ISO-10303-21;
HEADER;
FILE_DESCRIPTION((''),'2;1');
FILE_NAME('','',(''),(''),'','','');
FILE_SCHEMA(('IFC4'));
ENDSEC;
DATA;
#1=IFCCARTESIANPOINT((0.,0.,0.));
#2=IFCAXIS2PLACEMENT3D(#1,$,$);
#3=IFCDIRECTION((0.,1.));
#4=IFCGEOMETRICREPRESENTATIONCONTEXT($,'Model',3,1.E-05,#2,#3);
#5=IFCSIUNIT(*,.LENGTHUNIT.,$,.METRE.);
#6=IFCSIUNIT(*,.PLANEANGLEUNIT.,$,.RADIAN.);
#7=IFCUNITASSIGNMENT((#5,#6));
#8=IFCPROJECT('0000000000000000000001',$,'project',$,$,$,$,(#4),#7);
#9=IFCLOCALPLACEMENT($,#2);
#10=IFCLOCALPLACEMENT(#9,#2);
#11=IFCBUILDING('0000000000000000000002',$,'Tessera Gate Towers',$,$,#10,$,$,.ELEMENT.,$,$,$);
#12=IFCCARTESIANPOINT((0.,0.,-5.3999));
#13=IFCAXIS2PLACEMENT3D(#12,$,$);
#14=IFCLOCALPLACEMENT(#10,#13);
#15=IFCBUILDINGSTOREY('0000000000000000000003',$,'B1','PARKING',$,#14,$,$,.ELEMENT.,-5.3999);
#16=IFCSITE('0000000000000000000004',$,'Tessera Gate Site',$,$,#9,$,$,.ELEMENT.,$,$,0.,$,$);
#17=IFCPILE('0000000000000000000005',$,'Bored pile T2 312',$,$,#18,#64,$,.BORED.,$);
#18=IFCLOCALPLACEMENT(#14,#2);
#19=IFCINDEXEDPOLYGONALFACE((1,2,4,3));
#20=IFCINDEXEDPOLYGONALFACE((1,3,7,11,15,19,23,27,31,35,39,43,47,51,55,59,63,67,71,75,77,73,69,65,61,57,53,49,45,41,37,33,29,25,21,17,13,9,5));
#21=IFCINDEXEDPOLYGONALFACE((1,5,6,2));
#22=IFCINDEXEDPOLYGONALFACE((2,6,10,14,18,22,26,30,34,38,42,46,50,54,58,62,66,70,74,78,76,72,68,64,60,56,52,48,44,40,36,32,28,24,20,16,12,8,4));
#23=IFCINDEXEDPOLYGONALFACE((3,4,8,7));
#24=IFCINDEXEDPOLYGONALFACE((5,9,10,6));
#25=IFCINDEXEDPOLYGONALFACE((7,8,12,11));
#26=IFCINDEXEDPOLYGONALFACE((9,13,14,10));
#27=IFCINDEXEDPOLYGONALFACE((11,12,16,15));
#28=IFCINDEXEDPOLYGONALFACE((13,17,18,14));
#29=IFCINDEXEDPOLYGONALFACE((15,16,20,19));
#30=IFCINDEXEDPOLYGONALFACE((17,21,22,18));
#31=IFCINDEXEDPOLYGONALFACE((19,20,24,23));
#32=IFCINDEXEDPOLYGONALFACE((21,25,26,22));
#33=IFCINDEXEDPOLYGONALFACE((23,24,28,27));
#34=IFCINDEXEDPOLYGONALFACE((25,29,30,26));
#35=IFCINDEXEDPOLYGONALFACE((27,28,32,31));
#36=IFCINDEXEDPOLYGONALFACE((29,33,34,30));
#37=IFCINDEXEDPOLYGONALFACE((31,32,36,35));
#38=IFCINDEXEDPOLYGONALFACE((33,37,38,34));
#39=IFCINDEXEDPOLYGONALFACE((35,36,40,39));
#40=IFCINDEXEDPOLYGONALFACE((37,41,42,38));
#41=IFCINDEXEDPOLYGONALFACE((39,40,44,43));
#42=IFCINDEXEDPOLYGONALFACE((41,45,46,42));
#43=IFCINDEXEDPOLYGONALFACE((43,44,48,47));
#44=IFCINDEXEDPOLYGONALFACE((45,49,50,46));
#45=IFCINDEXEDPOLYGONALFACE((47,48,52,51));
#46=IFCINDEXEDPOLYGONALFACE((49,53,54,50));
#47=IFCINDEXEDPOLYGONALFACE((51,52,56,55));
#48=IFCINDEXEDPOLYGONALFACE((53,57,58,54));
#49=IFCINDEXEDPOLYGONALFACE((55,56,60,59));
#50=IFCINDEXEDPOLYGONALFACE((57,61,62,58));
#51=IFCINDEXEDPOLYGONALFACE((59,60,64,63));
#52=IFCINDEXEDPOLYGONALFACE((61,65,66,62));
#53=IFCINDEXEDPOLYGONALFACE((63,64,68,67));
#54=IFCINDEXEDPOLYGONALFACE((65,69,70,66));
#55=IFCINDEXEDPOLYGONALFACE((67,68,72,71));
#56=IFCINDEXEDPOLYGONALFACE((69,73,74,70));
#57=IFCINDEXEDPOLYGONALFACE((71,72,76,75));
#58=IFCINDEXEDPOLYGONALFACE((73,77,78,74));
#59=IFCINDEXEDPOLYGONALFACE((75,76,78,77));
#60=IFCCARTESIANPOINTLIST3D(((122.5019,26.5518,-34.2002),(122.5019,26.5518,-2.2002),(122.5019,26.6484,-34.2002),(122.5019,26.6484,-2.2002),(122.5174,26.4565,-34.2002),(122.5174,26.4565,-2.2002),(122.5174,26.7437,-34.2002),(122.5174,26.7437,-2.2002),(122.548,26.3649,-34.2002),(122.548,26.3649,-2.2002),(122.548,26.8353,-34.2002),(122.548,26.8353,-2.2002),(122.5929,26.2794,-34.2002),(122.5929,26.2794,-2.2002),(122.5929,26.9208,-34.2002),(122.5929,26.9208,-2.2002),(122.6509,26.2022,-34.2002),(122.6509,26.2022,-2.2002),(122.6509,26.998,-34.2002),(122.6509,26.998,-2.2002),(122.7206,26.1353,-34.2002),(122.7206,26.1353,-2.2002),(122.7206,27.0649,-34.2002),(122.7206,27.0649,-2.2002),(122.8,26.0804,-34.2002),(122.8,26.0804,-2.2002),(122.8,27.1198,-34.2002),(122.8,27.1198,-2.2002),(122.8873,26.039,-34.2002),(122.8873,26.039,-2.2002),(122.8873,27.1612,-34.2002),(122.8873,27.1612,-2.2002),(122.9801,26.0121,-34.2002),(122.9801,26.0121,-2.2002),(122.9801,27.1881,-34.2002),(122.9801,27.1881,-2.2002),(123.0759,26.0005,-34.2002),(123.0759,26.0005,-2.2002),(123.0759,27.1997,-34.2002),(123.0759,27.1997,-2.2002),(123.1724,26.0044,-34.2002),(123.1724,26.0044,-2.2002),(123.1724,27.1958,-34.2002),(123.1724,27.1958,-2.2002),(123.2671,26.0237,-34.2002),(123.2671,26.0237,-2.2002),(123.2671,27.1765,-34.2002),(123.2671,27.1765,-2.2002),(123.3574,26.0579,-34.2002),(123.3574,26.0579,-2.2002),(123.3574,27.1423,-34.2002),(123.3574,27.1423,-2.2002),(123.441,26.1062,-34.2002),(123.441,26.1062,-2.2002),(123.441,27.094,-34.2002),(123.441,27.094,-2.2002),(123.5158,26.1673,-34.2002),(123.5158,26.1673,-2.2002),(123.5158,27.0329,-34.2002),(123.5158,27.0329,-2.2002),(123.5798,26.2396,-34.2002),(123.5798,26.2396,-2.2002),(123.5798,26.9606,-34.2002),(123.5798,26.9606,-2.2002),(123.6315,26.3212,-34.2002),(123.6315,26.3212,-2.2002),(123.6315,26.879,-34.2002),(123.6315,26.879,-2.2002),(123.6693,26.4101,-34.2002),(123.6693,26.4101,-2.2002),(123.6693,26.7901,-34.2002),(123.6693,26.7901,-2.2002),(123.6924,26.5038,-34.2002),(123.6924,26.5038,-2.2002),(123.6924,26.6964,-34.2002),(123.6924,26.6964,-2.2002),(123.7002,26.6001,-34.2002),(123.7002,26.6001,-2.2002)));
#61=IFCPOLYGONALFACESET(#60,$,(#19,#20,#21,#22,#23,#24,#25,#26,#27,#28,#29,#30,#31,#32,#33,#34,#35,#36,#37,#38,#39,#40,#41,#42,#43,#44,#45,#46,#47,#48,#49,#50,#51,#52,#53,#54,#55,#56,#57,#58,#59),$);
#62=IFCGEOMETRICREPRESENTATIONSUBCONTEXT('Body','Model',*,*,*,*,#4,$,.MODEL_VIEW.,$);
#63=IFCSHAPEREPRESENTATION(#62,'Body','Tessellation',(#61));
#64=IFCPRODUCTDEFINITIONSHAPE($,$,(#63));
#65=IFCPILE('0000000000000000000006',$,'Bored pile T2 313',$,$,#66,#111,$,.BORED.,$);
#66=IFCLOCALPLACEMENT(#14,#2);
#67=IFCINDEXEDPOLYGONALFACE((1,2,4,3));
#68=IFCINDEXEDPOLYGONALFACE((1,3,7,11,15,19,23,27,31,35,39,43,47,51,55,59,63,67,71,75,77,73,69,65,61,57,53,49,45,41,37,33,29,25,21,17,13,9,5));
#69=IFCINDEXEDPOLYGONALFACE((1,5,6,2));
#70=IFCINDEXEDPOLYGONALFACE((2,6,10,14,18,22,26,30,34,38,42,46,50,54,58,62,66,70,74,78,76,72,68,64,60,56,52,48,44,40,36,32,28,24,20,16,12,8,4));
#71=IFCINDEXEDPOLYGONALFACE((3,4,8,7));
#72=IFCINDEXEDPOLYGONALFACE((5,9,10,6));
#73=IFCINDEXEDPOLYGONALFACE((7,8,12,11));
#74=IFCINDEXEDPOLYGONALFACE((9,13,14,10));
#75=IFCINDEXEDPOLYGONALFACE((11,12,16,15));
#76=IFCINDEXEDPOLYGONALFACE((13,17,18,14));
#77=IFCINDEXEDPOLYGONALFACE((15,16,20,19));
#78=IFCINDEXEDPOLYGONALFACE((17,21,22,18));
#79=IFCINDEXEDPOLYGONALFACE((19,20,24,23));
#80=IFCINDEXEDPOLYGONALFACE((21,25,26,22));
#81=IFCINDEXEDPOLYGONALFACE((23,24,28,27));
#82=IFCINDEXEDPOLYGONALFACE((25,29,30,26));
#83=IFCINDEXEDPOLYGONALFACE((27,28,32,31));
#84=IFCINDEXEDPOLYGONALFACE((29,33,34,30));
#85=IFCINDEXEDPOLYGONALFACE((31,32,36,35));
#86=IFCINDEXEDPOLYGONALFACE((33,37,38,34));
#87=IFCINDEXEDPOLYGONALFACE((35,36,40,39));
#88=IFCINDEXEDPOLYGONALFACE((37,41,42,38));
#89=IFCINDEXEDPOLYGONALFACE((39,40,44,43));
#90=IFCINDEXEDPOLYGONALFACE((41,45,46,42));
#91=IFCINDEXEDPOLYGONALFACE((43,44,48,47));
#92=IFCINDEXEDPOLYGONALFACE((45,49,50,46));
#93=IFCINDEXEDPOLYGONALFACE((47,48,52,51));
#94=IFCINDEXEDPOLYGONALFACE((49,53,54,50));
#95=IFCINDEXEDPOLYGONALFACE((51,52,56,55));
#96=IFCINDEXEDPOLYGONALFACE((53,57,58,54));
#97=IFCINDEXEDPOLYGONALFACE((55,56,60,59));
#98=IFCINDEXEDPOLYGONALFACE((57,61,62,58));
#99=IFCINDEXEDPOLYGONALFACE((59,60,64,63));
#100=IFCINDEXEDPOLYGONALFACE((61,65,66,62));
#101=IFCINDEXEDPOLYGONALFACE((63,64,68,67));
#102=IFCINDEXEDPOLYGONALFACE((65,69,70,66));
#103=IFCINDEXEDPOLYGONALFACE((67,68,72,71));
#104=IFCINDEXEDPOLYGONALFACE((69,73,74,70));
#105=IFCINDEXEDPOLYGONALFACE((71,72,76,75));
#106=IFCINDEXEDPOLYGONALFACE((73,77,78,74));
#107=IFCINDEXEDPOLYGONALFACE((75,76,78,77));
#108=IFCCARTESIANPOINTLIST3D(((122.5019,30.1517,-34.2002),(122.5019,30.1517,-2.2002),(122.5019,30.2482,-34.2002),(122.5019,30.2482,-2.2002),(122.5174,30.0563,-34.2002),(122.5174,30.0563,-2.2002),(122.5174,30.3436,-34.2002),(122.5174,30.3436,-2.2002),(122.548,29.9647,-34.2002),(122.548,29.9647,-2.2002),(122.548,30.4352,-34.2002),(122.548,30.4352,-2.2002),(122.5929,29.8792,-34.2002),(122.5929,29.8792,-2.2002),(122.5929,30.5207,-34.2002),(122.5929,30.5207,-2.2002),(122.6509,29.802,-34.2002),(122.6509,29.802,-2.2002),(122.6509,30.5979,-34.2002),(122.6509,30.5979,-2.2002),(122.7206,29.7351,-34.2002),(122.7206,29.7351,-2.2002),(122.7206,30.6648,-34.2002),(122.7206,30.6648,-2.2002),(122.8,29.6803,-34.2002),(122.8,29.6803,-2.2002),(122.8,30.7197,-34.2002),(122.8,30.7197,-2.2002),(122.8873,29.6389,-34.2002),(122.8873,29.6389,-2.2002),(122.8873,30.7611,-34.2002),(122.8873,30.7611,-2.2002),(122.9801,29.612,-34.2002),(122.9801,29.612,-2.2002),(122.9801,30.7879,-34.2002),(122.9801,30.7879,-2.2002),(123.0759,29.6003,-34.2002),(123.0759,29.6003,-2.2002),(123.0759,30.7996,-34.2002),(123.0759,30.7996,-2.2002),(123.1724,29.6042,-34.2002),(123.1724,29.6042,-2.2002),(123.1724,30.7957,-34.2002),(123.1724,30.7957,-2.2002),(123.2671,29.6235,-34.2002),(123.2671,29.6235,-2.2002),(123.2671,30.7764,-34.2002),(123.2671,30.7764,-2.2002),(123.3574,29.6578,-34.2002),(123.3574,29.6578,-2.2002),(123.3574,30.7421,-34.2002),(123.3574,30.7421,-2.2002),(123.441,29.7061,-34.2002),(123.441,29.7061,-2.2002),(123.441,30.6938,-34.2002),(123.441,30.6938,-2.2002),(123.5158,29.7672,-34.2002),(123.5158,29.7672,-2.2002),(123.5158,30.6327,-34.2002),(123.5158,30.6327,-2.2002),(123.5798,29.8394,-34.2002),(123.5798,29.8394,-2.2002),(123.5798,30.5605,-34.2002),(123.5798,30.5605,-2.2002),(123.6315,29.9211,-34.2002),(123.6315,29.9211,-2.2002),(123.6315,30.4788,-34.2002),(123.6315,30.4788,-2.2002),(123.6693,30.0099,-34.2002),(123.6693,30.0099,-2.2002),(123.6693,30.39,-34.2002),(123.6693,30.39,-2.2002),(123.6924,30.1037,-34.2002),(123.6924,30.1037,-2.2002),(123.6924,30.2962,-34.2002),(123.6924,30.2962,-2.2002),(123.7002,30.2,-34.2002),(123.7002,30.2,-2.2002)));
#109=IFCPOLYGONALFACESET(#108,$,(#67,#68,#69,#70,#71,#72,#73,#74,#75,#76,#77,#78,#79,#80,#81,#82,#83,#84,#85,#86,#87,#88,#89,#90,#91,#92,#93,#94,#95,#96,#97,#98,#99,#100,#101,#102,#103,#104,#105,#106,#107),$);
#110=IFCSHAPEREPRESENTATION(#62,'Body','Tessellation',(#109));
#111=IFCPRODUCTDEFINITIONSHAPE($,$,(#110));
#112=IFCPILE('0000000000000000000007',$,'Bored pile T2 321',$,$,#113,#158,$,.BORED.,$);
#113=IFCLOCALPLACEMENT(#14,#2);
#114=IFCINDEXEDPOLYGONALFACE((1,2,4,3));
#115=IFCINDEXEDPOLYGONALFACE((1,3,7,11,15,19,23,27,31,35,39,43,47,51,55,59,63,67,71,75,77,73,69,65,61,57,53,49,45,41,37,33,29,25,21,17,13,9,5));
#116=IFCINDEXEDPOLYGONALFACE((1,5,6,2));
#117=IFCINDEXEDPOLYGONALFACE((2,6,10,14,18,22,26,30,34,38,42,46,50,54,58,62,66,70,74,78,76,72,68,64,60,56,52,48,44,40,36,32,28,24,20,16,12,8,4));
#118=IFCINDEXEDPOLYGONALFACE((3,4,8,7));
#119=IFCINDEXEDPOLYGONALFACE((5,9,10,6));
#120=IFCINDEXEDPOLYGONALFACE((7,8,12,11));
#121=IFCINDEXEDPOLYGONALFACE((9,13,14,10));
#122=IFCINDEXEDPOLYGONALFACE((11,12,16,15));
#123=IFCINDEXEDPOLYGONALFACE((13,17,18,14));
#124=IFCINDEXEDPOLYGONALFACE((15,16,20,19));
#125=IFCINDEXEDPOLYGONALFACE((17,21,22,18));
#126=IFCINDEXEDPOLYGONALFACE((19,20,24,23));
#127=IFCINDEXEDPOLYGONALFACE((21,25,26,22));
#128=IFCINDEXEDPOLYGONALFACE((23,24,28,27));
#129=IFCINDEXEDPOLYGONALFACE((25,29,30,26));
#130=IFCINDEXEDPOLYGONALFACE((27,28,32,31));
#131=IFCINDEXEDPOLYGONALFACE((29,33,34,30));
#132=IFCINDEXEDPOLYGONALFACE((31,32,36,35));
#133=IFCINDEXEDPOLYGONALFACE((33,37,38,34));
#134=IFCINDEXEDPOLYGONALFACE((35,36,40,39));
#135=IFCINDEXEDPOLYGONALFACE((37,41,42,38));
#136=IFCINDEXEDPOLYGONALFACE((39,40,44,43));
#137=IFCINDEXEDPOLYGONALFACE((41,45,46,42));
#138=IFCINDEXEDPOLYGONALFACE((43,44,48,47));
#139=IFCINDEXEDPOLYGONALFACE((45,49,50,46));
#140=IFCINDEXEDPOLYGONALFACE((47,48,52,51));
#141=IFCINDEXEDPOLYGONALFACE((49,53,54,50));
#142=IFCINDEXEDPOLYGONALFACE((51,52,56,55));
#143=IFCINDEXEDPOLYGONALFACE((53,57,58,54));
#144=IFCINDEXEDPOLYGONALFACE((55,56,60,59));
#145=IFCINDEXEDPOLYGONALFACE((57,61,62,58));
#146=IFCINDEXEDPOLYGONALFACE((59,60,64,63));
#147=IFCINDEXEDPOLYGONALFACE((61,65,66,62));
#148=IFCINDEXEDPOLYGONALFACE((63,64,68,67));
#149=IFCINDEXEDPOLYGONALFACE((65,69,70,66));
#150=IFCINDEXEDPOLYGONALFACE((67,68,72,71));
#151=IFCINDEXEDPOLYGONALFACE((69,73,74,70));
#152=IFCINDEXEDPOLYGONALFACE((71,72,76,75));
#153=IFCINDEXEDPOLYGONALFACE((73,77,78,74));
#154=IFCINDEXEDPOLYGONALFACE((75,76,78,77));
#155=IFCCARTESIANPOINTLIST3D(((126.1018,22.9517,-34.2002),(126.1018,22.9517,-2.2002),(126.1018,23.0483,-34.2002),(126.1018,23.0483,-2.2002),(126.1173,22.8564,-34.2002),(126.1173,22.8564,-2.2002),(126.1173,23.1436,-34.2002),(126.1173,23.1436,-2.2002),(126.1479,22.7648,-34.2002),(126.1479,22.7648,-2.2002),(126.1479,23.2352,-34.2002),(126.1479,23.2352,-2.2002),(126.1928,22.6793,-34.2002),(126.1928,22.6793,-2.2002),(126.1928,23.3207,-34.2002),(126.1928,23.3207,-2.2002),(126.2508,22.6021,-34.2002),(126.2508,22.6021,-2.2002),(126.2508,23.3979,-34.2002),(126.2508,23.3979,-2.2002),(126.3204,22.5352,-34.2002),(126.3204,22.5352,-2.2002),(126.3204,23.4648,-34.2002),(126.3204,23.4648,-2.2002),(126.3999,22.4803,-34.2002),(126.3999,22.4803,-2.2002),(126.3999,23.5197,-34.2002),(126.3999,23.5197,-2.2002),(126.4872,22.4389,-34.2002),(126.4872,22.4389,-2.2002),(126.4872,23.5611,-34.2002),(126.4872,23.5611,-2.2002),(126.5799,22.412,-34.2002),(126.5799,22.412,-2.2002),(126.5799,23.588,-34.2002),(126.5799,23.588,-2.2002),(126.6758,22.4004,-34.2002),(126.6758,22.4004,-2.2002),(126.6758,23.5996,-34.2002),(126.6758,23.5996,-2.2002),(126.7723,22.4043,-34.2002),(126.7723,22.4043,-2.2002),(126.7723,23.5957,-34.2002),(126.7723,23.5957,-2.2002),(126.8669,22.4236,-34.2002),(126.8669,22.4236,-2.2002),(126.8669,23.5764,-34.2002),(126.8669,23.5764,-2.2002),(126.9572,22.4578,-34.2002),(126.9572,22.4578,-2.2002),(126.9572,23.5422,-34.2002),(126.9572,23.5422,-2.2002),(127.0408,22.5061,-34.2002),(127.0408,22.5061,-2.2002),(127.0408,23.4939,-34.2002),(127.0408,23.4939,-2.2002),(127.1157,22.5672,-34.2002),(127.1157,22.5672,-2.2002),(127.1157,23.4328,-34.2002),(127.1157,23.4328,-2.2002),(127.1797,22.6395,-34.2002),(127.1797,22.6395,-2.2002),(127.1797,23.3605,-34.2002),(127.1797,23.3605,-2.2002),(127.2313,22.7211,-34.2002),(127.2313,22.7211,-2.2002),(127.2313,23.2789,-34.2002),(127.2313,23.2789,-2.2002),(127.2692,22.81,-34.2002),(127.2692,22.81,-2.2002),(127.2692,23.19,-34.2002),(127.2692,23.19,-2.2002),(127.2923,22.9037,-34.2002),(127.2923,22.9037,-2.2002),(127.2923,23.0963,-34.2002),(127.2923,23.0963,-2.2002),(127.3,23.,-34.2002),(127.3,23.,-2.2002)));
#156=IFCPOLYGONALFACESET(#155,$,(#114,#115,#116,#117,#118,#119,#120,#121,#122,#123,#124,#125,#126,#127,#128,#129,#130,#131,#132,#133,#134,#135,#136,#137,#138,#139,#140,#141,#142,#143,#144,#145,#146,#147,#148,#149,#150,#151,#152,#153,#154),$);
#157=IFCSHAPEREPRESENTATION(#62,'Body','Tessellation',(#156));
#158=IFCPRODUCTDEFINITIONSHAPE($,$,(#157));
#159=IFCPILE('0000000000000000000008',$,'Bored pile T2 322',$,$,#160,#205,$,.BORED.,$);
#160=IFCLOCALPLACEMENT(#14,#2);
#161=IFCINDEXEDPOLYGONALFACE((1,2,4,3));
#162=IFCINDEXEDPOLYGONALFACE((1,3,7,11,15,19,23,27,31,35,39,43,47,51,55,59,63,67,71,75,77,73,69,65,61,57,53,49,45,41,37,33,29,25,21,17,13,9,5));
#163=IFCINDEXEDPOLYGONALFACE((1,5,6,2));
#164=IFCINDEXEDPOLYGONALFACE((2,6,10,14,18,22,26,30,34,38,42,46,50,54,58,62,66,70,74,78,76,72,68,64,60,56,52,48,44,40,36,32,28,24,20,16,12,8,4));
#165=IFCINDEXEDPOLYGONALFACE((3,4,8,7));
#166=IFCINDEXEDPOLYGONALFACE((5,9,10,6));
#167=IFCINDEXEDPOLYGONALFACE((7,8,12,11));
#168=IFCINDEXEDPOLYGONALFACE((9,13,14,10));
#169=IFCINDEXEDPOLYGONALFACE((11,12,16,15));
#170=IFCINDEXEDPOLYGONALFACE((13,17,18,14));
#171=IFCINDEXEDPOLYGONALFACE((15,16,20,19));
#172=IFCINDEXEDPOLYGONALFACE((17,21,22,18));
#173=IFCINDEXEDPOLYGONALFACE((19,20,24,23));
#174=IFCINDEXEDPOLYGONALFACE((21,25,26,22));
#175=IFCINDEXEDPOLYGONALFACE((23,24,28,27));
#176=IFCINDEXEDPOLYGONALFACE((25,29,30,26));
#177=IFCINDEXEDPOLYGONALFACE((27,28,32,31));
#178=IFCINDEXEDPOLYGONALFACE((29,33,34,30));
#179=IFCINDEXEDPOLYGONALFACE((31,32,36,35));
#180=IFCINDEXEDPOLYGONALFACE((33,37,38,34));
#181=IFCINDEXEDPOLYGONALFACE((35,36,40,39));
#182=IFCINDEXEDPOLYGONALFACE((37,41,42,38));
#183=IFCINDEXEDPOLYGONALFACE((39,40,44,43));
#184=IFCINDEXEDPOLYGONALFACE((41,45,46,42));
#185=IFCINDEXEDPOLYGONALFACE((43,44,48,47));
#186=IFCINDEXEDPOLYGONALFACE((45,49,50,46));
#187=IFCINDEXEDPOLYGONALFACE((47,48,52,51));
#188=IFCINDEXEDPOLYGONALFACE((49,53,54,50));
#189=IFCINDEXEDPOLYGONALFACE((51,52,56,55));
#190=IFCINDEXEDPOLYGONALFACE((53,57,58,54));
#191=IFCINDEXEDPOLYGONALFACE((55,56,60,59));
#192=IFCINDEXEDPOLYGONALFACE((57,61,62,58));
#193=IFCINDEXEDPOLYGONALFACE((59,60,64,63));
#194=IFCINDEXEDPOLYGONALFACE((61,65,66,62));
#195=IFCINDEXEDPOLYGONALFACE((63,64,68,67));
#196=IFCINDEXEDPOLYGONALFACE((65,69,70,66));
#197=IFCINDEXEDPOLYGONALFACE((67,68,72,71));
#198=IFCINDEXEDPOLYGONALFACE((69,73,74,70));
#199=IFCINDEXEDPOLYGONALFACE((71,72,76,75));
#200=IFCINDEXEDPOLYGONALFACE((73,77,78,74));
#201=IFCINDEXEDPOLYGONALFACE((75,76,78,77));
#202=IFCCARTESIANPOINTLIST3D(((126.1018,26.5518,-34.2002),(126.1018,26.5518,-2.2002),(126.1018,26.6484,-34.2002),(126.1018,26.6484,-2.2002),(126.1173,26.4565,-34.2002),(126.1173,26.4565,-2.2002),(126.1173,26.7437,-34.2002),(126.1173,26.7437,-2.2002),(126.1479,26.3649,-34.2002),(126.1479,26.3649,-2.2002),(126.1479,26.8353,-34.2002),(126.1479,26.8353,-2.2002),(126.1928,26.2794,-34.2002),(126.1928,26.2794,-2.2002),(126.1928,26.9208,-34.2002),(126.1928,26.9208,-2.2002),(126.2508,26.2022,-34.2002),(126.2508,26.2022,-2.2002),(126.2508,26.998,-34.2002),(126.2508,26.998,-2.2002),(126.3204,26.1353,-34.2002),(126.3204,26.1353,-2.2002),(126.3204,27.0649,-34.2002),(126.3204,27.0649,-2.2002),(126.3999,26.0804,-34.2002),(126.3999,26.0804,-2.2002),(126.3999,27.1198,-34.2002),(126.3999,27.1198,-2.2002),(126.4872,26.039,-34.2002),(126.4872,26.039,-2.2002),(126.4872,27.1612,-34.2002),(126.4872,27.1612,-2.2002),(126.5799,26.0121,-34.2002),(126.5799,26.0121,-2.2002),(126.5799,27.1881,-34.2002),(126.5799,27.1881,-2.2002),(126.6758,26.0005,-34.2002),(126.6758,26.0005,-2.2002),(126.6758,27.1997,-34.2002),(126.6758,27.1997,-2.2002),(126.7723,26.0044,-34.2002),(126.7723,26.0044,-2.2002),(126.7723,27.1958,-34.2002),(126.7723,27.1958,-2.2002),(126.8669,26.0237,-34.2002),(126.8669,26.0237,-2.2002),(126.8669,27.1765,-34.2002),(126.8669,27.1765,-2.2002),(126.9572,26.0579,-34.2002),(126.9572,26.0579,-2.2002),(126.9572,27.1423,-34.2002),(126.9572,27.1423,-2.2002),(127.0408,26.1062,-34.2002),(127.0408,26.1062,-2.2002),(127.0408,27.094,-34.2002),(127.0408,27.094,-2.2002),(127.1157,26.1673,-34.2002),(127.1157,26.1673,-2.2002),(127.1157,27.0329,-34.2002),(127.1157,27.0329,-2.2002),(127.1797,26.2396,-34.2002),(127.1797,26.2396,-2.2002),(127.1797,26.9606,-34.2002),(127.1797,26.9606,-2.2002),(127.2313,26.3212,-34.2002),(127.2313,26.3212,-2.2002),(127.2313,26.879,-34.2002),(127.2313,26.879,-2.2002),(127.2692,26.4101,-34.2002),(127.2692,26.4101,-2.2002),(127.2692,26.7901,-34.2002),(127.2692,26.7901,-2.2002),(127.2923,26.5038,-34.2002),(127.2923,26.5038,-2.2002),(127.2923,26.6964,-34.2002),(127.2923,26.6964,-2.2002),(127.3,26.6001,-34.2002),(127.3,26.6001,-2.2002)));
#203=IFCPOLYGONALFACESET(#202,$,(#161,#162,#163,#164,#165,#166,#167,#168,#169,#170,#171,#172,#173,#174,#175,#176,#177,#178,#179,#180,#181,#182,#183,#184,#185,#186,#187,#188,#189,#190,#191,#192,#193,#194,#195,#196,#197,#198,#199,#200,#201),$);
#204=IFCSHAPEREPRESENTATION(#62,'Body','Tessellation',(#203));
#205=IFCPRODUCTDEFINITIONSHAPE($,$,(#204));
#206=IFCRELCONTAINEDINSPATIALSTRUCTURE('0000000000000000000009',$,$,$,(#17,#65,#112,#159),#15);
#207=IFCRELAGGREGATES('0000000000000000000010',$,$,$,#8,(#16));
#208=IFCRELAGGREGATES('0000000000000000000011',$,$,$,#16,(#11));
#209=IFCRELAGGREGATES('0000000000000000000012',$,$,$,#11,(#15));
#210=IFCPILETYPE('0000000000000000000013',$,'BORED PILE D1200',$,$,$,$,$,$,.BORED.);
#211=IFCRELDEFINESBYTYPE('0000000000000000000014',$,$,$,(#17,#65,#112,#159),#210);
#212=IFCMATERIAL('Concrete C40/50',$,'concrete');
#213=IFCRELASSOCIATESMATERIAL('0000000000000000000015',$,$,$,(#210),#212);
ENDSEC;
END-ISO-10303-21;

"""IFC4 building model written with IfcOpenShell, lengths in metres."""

from ifc_helpers import new_model, si_unit, direction, frame, origin, origin_2d, place, context, subcontext, project, spatial, circle, extrude, material, material_profile, profile_set, type_object, element, save


model = new_model("IFC4")

# Units and contexts
model_context = context("Model", 3, precision=1e-05, world=origin(), true_north=direction((0.0, 1.0)))
body_context = subcontext(model_context, "Body", "Model", "MODEL_VIEW")
ifc_project = project(units=[si_unit("LENGTHUNIT", "METRE"), si_unit("PLANEANGLEUNIT", "RADIAN")], contexts=[model_context])

# Site, building, storey
site_placement = place(None, origin())
site = spatial("IfcSite", under=ifc_project, at=site_placement, Name="Tessera Gate Site", CompositionType="ELEMENT", RefElevation=0.0)
building_placement = place(site_placement, origin())
building = spatial("IfcBuilding", under=site, at=building_placement, Name="Tessera Gate Towers", CompositionType="ELEMENT")
storey_placement = place(building_placement, frame((0.0, 0.0, -5.3999)))
storey = spatial("IfcBuildingStorey", under=building, at=storey_placement, Name="B1", Description="PARKING", CompositionType="ELEMENT", Elevation=-5.3999)

# Piles
ifc_material_1 = material(Name="Concrete C40/50", Category="concrete")
ifc_material_profile_1 = material_profile(ifc_material_1, circle(Radius=0.6001, at=origin_2d()), Name="BORED PILE D1200")
ifc_profile_set_1 = profile_set([ifc_material_profile_1], Name="Concrete C40/50")
pile_type = type_object("IfcPileType", Name="BORED PILE D1200", PredefinedType="BORED", material=ifc_profile_set_1)
for number, where, z_axis, x_axis, name in (
    (1, (123.1001, 26.6001, -2.2002), (0.0, 0.0, -1.0), (1.0, 0.0, 0.0), "Bored pile T2 312"),
    (2, (123.1001, 30.2, -2.2002), (0.0, 0.0, -1.0), (1.0, 0.0, 0.0), "Bored pile T2 313"),
    (3, (126.7, 23.0, -2.2002), (0.0, 0.0, -1.0), (1.0, 0.0, 0.0), "Bored pile T2 321"),
    (4, (126.7, 26.6001, -2.2002), (0.0, 0.0, -1.0), (1.0, 0.0, 0.0), "Bored pile T2 322"),
):
    element("IfcPile", number, at=place(storey_placement, frame(where, z_axis=z_axis, x_axis=x_axis)), inside=storey, type_object=pile_type, Name=name, PredefinedType="BORED", context=body_context, shape_type="SweptSolid", body=[
        extrude(circle(Radius=0.6001, at=origin_2d()), origin(), (0.0, 0.0, 1.0), 32.0),
    ])

save(model, "model.ifc")
